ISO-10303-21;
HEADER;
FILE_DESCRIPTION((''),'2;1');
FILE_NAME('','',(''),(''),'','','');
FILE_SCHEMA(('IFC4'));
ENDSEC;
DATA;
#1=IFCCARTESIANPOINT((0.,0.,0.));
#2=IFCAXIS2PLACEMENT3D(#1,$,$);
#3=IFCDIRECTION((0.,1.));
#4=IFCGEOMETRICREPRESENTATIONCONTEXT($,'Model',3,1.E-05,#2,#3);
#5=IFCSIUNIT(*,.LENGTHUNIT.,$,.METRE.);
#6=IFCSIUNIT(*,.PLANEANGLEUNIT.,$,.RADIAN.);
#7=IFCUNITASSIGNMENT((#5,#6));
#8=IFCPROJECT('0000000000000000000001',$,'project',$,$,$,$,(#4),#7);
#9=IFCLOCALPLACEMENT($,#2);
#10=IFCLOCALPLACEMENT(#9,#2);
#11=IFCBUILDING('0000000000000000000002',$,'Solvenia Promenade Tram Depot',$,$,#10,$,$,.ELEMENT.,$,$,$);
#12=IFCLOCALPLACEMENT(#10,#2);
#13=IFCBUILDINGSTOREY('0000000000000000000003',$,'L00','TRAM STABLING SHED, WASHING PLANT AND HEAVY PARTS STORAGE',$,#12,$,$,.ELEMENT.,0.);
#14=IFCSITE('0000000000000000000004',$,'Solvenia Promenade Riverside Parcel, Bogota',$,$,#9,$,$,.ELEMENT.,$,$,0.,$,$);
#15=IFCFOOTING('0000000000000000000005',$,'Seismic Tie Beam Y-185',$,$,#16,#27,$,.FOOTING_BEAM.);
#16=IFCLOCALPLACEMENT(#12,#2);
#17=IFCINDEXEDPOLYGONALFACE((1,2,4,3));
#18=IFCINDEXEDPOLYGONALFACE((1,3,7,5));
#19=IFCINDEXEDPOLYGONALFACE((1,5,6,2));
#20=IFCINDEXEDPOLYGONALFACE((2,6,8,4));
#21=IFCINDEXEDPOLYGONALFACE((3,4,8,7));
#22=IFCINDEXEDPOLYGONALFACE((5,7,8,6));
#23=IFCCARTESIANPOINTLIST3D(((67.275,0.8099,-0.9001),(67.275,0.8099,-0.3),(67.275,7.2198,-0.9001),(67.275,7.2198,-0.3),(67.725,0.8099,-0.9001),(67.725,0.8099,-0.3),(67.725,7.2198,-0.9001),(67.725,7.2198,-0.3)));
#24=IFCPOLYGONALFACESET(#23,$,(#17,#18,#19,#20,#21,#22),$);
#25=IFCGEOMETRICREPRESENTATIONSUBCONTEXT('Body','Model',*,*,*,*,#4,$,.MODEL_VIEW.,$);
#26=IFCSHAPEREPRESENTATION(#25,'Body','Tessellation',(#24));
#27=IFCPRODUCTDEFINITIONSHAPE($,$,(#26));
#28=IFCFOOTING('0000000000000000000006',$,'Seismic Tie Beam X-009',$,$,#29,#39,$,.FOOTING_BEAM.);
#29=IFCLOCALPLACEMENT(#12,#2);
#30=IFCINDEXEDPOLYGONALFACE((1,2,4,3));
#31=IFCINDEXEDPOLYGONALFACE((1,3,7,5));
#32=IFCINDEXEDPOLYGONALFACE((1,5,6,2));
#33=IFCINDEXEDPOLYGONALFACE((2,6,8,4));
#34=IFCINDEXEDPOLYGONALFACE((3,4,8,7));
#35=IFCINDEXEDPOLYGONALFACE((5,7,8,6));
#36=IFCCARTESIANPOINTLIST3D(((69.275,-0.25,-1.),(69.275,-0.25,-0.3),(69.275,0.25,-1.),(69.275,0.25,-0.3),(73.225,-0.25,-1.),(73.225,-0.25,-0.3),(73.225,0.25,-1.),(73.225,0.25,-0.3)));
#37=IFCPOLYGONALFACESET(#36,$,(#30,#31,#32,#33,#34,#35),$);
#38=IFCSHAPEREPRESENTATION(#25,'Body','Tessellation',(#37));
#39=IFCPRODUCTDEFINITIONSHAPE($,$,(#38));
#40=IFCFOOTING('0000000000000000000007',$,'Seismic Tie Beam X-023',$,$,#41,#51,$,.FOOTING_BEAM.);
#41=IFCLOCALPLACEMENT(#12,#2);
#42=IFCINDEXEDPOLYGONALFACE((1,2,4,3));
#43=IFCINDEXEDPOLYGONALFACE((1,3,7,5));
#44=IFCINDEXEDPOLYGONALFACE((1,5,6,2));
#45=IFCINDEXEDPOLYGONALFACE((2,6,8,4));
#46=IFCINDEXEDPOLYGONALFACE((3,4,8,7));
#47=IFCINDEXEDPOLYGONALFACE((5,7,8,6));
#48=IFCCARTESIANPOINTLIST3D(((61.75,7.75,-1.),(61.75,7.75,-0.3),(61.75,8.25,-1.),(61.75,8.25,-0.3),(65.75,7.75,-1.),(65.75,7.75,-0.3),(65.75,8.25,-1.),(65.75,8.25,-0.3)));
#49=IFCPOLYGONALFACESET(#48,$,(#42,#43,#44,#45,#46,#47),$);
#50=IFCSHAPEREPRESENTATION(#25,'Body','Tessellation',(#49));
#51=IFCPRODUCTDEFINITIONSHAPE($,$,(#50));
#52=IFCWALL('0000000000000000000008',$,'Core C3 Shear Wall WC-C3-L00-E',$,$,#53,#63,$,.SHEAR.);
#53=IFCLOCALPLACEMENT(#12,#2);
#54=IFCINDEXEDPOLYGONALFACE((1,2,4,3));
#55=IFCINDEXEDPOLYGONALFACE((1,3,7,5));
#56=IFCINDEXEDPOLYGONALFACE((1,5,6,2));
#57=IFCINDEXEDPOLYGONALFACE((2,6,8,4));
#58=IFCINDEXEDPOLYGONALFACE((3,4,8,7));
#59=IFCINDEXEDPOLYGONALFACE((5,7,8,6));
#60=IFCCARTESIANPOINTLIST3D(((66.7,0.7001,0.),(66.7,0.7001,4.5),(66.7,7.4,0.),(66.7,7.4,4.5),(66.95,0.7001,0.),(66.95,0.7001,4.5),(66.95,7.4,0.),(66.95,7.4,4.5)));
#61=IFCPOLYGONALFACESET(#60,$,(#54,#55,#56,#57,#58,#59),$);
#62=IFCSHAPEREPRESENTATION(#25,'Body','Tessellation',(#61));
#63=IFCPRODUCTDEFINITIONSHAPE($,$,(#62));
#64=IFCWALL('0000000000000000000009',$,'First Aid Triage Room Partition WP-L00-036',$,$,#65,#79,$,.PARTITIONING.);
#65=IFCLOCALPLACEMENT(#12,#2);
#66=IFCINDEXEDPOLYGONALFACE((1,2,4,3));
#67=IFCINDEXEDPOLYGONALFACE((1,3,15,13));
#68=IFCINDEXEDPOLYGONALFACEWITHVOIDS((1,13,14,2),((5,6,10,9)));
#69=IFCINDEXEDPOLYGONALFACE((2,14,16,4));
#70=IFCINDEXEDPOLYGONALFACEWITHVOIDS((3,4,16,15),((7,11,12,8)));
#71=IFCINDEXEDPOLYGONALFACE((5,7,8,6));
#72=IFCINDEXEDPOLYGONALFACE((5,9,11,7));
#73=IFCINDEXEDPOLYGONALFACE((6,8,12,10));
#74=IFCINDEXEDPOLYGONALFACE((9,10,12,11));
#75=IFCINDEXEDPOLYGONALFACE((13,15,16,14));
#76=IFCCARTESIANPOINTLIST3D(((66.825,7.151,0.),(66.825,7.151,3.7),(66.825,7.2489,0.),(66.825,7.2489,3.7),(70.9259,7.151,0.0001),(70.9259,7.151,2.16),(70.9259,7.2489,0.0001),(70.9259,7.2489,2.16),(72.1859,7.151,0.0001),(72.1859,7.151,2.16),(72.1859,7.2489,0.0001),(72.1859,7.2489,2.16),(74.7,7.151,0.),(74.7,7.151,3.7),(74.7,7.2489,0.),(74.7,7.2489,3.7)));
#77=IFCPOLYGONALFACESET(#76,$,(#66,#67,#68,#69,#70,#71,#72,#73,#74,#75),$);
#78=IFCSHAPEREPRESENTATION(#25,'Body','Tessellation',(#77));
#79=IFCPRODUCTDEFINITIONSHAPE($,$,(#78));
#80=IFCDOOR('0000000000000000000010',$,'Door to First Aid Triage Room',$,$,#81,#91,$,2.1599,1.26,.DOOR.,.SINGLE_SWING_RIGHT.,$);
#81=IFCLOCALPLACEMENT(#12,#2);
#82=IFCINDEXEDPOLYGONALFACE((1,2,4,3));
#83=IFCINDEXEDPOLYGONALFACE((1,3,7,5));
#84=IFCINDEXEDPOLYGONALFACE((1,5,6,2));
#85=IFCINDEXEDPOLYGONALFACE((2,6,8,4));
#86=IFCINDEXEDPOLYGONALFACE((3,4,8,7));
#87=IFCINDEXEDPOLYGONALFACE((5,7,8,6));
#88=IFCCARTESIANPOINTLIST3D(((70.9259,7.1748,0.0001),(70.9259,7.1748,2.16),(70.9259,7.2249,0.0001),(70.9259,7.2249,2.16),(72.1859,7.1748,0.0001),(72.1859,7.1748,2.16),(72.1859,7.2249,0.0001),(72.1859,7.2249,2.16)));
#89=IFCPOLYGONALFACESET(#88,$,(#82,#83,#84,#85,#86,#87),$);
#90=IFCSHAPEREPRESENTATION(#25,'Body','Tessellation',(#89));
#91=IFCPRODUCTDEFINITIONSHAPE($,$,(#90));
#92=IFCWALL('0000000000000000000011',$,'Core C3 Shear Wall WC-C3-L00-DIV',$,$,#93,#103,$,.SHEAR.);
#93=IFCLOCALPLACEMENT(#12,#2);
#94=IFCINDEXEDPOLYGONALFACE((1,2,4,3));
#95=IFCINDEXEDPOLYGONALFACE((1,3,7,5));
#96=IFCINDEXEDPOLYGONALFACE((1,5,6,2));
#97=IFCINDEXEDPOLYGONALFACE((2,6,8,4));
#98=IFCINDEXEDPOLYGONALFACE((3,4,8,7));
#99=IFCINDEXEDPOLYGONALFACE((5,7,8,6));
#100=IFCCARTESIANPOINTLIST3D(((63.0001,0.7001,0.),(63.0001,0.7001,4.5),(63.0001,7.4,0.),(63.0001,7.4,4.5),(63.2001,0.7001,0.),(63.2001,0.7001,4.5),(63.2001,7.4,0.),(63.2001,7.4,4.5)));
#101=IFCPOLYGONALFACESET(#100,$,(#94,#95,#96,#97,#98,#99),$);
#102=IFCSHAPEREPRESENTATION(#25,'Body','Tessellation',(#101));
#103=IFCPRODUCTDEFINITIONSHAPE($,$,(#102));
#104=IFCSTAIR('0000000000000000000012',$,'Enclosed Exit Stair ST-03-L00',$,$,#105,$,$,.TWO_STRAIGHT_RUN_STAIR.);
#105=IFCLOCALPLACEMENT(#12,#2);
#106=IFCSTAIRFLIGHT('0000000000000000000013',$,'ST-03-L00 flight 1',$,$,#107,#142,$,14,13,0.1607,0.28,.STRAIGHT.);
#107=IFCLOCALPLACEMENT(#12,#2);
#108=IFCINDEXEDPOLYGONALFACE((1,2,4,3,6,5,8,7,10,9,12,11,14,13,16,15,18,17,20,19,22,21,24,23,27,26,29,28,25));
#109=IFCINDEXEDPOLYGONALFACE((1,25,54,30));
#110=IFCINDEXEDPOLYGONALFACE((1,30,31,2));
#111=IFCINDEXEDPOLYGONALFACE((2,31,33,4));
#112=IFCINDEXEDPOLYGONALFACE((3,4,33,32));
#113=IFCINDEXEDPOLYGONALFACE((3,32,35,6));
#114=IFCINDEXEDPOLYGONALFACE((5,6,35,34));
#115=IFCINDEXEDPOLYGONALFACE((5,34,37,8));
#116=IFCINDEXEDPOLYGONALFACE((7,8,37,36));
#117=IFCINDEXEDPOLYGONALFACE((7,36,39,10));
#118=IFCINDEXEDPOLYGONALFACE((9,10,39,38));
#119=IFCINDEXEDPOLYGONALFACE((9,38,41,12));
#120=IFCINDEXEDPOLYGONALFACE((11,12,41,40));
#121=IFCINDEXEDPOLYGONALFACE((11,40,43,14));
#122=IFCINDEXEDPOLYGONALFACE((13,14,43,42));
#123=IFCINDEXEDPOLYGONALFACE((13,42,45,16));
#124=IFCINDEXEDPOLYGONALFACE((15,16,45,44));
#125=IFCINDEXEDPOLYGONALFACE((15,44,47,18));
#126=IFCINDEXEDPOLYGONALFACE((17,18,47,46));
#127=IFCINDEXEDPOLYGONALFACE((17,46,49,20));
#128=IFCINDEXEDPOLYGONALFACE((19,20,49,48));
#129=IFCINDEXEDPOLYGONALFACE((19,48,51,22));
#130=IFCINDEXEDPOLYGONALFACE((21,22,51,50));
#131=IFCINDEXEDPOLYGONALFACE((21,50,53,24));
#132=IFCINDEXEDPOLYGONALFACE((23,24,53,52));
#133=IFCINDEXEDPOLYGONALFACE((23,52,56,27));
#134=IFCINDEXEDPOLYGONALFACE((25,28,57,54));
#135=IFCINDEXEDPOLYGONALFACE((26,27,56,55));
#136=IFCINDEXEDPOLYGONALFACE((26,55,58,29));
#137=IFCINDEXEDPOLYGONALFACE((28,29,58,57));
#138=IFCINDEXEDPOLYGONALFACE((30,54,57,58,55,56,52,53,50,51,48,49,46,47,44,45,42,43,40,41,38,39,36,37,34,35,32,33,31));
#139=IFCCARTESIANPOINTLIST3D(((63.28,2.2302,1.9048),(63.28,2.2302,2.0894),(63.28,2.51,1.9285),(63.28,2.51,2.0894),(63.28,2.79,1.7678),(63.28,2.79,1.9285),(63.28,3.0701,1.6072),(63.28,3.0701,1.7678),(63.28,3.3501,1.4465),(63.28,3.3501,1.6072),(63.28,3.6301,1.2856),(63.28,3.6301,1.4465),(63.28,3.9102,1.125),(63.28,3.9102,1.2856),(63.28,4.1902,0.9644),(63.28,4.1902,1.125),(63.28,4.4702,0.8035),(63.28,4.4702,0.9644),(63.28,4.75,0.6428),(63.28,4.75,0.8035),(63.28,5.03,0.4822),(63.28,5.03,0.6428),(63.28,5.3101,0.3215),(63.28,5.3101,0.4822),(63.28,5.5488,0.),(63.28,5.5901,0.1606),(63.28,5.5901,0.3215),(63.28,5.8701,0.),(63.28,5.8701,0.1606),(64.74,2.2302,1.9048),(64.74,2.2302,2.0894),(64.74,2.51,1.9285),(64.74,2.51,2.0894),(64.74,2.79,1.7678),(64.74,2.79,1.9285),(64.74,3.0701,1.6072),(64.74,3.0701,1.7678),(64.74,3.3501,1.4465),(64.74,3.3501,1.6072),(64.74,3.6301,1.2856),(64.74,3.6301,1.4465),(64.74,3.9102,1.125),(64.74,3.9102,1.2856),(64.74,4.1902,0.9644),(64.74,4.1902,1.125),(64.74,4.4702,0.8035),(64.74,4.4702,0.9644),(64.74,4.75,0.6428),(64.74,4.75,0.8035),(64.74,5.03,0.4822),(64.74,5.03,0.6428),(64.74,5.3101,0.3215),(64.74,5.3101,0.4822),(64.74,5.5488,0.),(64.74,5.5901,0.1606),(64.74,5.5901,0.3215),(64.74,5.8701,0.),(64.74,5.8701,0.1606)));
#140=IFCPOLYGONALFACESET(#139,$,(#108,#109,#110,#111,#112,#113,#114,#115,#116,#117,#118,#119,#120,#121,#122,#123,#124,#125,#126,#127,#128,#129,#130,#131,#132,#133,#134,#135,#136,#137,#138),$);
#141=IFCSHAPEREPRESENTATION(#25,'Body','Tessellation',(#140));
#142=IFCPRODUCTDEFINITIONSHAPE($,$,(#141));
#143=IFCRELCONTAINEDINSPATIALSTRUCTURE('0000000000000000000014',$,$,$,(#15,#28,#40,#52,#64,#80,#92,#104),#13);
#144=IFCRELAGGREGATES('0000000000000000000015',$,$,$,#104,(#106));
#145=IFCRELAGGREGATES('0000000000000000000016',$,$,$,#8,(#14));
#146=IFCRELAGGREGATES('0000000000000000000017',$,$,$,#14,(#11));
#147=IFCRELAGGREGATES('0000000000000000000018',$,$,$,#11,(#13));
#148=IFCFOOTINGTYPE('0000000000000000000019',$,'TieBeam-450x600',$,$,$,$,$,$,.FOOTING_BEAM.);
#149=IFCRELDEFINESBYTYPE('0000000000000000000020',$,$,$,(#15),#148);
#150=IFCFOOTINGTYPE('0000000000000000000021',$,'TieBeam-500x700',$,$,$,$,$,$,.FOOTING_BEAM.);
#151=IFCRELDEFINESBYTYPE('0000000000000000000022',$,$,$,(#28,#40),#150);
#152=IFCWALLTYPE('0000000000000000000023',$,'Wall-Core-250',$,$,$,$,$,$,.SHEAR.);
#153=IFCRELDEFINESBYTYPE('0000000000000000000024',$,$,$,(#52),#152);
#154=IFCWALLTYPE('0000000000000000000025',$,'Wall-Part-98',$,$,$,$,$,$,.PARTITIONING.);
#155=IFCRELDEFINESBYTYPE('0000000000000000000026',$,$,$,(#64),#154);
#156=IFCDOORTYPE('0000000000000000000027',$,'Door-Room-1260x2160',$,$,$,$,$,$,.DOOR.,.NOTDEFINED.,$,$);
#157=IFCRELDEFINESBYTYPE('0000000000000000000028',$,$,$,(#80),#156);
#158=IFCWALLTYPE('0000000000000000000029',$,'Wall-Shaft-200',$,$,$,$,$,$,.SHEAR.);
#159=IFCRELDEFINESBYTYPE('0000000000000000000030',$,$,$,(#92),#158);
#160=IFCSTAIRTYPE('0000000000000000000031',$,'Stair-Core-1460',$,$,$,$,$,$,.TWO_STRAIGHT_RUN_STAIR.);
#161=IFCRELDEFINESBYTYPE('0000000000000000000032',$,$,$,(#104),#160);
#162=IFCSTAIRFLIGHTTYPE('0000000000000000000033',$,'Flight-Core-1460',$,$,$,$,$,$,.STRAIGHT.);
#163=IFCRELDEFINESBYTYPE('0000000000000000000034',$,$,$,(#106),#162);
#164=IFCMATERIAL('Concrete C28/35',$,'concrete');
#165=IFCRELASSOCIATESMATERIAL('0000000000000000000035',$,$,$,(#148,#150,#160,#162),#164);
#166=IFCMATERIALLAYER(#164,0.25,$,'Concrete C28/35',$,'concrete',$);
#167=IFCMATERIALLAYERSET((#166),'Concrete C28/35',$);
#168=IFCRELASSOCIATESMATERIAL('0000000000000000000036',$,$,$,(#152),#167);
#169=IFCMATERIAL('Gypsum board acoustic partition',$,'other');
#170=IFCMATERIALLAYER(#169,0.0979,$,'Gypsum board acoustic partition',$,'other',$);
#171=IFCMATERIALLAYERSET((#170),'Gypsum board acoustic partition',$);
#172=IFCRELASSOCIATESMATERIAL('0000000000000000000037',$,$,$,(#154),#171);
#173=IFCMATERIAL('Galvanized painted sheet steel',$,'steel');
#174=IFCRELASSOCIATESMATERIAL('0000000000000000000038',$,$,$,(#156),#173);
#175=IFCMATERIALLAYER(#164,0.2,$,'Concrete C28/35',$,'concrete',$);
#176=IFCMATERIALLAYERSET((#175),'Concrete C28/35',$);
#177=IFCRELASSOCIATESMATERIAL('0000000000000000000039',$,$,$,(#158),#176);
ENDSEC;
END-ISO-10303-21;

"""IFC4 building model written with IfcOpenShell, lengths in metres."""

from ifc_helpers import new_model, si_unit, direction, frame, frame_2d, origin, origin_2d, place, context, subcontext, project, spatial, polyline, rectangle, outline, extrude, material, layer, layer_set, type_object, element, fill, aggregate, save


model = new_model("IFC4")

# Units and contexts
model_context = context("Model", 3, precision=1e-05, world=origin(), true_north=direction((0.0, 1.0)))
body_context = subcontext(model_context, "Body", "Model", "MODEL_VIEW")
ifc_project = project(units=[si_unit("LENGTHUNIT", "METRE"), si_unit("PLANEANGLEUNIT", "RADIAN")], contexts=[model_context])

# Site, building, storey
site_placement = place(None, origin())
site = spatial("IfcSite", under=ifc_project, at=site_placement, Name="Solvenia Promenade Riverside Parcel, Bogota", CompositionType="ELEMENT", RefElevation=0.0)
building_placement = place(site_placement, origin())
building = spatial("IfcBuilding", under=site, at=building_placement, Name="Solvenia Promenade Tram Depot", CompositionType="ELEMENT")
storey_placement = place(building_placement, origin())
storey = spatial("IfcBuildingStorey", under=building, at=storey_placement, Name="L00", Description="TRAM STABLING SHED, WASHING PLANT AND HEAVY PARTS STORAGE", CompositionType="ELEMENT", Elevation=0.0)

# Shared definitions
ifc_material_1 = material(Name="Concrete C28/35", Category="concrete")

# Footings
footing_type_1 = type_object("IfcFootingType", Name="TieBeam-450x600", PredefinedType="FOOTING_BEAM", material=ifc_material_1)
footing_1_placement = place(storey_placement, frame((67.5, 4.0149, -0.9001), z_axis=(0.0, 0.0, 1.0), x_axis=(1.0, 0.0, 0.0)))
element("IfcFooting", 1, at=footing_1_placement, inside=storey, type_object=footing_type_1, Name="Seismic Tie Beam Y-185", PredefinedType="FOOTING_BEAM", context=body_context, shape_type="SweptSolid", body=[
    extrude(rectangle(XDim=0.45, YDim=6.4099, at=origin_2d()), origin(), (0.0, 0.0, 1.0), 0.6001),
])
footing_type_2 = type_object("IfcFootingType", Name="TieBeam-500x700", PredefinedType="FOOTING_BEAM", material=ifc_material_1)
footing_2_placement = place(storey_placement, frame((71.25, 0.0, -1.0), z_axis=(0.0, 0.0, 1.0), x_axis=(1.0, 0.0, 0.0)))
element("IfcFooting", 2, at=footing_2_placement, inside=storey, type_object=footing_type_2, Name="Seismic Tie Beam X-009", PredefinedType="FOOTING_BEAM", context=body_context, shape_type="SweptSolid", body=[
    extrude(rectangle(XDim=3.95, YDim=0.5, at=origin_2d()), origin(), (0.0, 0.0, 1.0), 0.7),
])
footing_3_placement = place(storey_placement, frame((63.75, 8.0, -1.0), z_axis=(0.0, 0.0, 1.0), x_axis=(1.0, 0.0, 0.0)))
element("IfcFooting", 3, at=footing_3_placement, inside=storey, type_object=footing_type_2, Name="Seismic Tie Beam X-023", PredefinedType="FOOTING_BEAM", context=body_context, shape_type="SweptSolid", body=[
    extrude(rectangle(XDim=4.0, YDim=0.5, at=origin_2d()), origin(), (0.0, 0.0, 1.0), 0.7),
])

# Wall
ifc_layer_1 = layer(ifc_material_1, 0.25, Name="Concrete C28/35", Category="concrete")
ifc_layer_set_1 = layer_set([ifc_layer_1], Name="Concrete C28/35")
wall_type_1 = type_object("IfcWallType", Name="Wall-Core-250", PredefinedType="SHEAR", material=ifc_layer_set_1)
wall_1_placement = place(storey_placement, frame((66.825, 0.7, 0.0), z_axis=(0.0, 0.0, 1.0), x_axis=(0.0, 1.0, 0.0)))
element("IfcWall", 4, at=wall_1_placement, inside=storey, type_object=wall_type_1, Name="Core C3 Shear Wall WC-C3-L00-E", PredefinedType="SHEAR", context=body_context, shape_type="SweptSolid", body=[
    extrude(rectangle(XDim=6.7, YDim=0.25, at=frame_2d((3.3501, 0.0))), origin(), (0.0, 0.0, 1.0), 4.5),
])

# Wall, opening, door
ifc_material_2 = material(Name="Gypsum board acoustic partition", Category="other")
ifc_layer_2 = layer(ifc_material_2, 0.0979, Name="Gypsum board acoustic partition", Category="other")
ifc_layer_set_2 = layer_set([ifc_layer_2], Name="Gypsum board acoustic partition")
wall_type_2 = type_object("IfcWallType", Name="Wall-Part-98", PredefinedType="PARTITIONING", material=ifc_layer_set_2)
wall_2_placement = place(storey_placement, frame((66.825, 7.2, 0.0), z_axis=(0.0, 0.0, 1.0), x_axis=(1.0, 0.0, 0.0)))
wall_2 = element("IfcWall", 5, at=wall_2_placement, inside=storey, type_object=wall_type_2, Name="First Aid Triage Room Partition WP-L00-036", PredefinedType="PARTITIONING", context=body_context, shape_type="SweptSolid", body=[
    extrude(rectangle(XDim=7.875, YDim=0.0979, at=frame_2d((3.9375, 0.0))), origin(), (0.0, 0.0, 1.0), 3.7),
])
opening_placement = place(wall_2_placement, frame((4.1011, 0.0, 0.0)))
opening = element("IfcOpeningElement", 6, at=opening_placement, cuts=wall_2, PredefinedType="OPENING", context=body_context, shape_type="SweptSolid", body=[
    extrude(rectangle(XDim=1.26, YDim=2.1599, at=frame_2d((0.6299, 1.0801))), frame((0.0, 0.0588, 0.0), z_axis=(0.0, -1.0, 0.0), x_axis=(1.0, 0.0, 0.0)), (0.0, 0.0, 1.0), 0.1179),
])
ifc_material_3 = material(Name="Galvanized painted sheet steel", Category="steel")
door_type = type_object("IfcDoorType", Name="Door-Room-1260x2160", OperationType="NOTDEFINED", PredefinedType="DOOR", material=ifc_material_3)
door_placement = place(opening_placement, origin())
door = element("IfcDoor", 7, at=door_placement, inside=storey, type_object=door_type, Name="Door to First Aid Triage Room", OperationType="SINGLE_SWING_RIGHT", OverallHeight=2.1599, OverallWidth=1.26, PredefinedType="DOOR", context=body_context, shape_type="SweptSolid", body=[
    extrude(rectangle(XDim=1.26, YDim=2.1599, at=frame_2d((0.6299, 1.0801))), frame((0.0, 0.0249, 0.0), z_axis=(0.0, -1.0, 0.0), x_axis=(1.0, 0.0, 0.0)), (0.0, 0.0, 1.0), 0.05),
])
fill(opening, door)

# Wall
ifc_layer_3 = layer(ifc_material_1, 0.2, Name="Concrete C28/35", Category="concrete")
ifc_layer_set_3 = layer_set([ifc_layer_3], Name="Concrete C28/35")
wall_type_3 = type_object("IfcWallType", Name="Wall-Shaft-200", PredefinedType="SHEAR", material=ifc_layer_set_3)
wall_3_placement = place(storey_placement, frame((63.1001, 0.7, 0.0), z_axis=(0.0, 0.0, 1.0), x_axis=(0.0, 1.0, 0.0)))
element("IfcWall", 8, at=wall_3_placement, inside=storey, type_object=wall_type_3, Name="Core C3 Shear Wall WC-C3-L00-DIV", PredefinedType="SHEAR", context=body_context, shape_type="SweptSolid", body=[
    extrude(rectangle(XDim=6.7, YDim=0.2, at=frame_2d((3.3501, 0.0))), origin(), (0.0, 0.0, 1.0), 4.5),
])

# Stair, stair flight
stair_type = type_object("IfcStairType", Name="Stair-Core-1460", PredefinedType="TWO_STRAIGHT_RUN_STAIR", material=ifc_material_1)
stair_placement = place(storey_placement, origin())
stair = element("IfcStair", 9, at=stair_placement, inside=storey, type_object=stair_type, Name="Enclosed Exit Stair ST-03-L00", PredefinedType="TWO_STRAIGHT_RUN_STAIR")
stair_flight_type = type_object("IfcStairFlightType", Name="Flight-Core-1460", PredefinedType="STRAIGHT", material=ifc_material_1)
stair_flight_1_placement = place(storey_placement, frame((64.01, 5.8701, 0.0), z_axis=(0.0, 0.0, 1.0), x_axis=(0.0, -1.0, 0.0)))
stair_flight_1 = element("IfcStairFlight", 10, at=stair_flight_1_placement, type_object=stair_flight_type, Name="ST-03-L00 flight 1", NumberOfRisers=14, NumberOfTreads=13, PredefinedType="STRAIGHT", RiserHeight=0.1607, TreadLength=0.28, context=body_context, shape_type="SweptSolid", body=[
    extrude(outline(polyline([(0.0, 0.0), (0.0, 0.1606), (0.28, 0.1606), (0.28, 0.3215), (0.5601, 0.3215), (0.5601, 0.4822), (0.8401, 0.4822), (0.8401, 0.6428), (1.1201, 0.6428), (1.1201, 0.8035), (1.3999, 0.8035), (1.3999, 0.9644), (1.6799, 0.9644), (1.6799, 1.125), (1.96, 1.125), (1.96, 1.2856), (2.24, 1.2856), (2.24, 1.4465), (2.52, 1.4465), (2.52, 1.6072), (2.8, 1.6072), (2.8, 1.7678), (3.0801, 1.7678), (3.0801, 1.9285), (3.3601, 1.9285), (3.3601, 2.0894), (3.6399, 2.0894), (3.6399, 2.25), (3.6399, 1.9048), (0.3213, 0.0), (0.0, 0.0)])), frame((0.0, 0.73, 0.0), z_axis=(0.0, -1.0, 0.0), x_axis=(1.0, 0.0, 0.0)), (0.0, 0.0, 1.0), 1.46),
])
aggregate(stair, [stair_flight_1])

save(model, "model.ifc")
